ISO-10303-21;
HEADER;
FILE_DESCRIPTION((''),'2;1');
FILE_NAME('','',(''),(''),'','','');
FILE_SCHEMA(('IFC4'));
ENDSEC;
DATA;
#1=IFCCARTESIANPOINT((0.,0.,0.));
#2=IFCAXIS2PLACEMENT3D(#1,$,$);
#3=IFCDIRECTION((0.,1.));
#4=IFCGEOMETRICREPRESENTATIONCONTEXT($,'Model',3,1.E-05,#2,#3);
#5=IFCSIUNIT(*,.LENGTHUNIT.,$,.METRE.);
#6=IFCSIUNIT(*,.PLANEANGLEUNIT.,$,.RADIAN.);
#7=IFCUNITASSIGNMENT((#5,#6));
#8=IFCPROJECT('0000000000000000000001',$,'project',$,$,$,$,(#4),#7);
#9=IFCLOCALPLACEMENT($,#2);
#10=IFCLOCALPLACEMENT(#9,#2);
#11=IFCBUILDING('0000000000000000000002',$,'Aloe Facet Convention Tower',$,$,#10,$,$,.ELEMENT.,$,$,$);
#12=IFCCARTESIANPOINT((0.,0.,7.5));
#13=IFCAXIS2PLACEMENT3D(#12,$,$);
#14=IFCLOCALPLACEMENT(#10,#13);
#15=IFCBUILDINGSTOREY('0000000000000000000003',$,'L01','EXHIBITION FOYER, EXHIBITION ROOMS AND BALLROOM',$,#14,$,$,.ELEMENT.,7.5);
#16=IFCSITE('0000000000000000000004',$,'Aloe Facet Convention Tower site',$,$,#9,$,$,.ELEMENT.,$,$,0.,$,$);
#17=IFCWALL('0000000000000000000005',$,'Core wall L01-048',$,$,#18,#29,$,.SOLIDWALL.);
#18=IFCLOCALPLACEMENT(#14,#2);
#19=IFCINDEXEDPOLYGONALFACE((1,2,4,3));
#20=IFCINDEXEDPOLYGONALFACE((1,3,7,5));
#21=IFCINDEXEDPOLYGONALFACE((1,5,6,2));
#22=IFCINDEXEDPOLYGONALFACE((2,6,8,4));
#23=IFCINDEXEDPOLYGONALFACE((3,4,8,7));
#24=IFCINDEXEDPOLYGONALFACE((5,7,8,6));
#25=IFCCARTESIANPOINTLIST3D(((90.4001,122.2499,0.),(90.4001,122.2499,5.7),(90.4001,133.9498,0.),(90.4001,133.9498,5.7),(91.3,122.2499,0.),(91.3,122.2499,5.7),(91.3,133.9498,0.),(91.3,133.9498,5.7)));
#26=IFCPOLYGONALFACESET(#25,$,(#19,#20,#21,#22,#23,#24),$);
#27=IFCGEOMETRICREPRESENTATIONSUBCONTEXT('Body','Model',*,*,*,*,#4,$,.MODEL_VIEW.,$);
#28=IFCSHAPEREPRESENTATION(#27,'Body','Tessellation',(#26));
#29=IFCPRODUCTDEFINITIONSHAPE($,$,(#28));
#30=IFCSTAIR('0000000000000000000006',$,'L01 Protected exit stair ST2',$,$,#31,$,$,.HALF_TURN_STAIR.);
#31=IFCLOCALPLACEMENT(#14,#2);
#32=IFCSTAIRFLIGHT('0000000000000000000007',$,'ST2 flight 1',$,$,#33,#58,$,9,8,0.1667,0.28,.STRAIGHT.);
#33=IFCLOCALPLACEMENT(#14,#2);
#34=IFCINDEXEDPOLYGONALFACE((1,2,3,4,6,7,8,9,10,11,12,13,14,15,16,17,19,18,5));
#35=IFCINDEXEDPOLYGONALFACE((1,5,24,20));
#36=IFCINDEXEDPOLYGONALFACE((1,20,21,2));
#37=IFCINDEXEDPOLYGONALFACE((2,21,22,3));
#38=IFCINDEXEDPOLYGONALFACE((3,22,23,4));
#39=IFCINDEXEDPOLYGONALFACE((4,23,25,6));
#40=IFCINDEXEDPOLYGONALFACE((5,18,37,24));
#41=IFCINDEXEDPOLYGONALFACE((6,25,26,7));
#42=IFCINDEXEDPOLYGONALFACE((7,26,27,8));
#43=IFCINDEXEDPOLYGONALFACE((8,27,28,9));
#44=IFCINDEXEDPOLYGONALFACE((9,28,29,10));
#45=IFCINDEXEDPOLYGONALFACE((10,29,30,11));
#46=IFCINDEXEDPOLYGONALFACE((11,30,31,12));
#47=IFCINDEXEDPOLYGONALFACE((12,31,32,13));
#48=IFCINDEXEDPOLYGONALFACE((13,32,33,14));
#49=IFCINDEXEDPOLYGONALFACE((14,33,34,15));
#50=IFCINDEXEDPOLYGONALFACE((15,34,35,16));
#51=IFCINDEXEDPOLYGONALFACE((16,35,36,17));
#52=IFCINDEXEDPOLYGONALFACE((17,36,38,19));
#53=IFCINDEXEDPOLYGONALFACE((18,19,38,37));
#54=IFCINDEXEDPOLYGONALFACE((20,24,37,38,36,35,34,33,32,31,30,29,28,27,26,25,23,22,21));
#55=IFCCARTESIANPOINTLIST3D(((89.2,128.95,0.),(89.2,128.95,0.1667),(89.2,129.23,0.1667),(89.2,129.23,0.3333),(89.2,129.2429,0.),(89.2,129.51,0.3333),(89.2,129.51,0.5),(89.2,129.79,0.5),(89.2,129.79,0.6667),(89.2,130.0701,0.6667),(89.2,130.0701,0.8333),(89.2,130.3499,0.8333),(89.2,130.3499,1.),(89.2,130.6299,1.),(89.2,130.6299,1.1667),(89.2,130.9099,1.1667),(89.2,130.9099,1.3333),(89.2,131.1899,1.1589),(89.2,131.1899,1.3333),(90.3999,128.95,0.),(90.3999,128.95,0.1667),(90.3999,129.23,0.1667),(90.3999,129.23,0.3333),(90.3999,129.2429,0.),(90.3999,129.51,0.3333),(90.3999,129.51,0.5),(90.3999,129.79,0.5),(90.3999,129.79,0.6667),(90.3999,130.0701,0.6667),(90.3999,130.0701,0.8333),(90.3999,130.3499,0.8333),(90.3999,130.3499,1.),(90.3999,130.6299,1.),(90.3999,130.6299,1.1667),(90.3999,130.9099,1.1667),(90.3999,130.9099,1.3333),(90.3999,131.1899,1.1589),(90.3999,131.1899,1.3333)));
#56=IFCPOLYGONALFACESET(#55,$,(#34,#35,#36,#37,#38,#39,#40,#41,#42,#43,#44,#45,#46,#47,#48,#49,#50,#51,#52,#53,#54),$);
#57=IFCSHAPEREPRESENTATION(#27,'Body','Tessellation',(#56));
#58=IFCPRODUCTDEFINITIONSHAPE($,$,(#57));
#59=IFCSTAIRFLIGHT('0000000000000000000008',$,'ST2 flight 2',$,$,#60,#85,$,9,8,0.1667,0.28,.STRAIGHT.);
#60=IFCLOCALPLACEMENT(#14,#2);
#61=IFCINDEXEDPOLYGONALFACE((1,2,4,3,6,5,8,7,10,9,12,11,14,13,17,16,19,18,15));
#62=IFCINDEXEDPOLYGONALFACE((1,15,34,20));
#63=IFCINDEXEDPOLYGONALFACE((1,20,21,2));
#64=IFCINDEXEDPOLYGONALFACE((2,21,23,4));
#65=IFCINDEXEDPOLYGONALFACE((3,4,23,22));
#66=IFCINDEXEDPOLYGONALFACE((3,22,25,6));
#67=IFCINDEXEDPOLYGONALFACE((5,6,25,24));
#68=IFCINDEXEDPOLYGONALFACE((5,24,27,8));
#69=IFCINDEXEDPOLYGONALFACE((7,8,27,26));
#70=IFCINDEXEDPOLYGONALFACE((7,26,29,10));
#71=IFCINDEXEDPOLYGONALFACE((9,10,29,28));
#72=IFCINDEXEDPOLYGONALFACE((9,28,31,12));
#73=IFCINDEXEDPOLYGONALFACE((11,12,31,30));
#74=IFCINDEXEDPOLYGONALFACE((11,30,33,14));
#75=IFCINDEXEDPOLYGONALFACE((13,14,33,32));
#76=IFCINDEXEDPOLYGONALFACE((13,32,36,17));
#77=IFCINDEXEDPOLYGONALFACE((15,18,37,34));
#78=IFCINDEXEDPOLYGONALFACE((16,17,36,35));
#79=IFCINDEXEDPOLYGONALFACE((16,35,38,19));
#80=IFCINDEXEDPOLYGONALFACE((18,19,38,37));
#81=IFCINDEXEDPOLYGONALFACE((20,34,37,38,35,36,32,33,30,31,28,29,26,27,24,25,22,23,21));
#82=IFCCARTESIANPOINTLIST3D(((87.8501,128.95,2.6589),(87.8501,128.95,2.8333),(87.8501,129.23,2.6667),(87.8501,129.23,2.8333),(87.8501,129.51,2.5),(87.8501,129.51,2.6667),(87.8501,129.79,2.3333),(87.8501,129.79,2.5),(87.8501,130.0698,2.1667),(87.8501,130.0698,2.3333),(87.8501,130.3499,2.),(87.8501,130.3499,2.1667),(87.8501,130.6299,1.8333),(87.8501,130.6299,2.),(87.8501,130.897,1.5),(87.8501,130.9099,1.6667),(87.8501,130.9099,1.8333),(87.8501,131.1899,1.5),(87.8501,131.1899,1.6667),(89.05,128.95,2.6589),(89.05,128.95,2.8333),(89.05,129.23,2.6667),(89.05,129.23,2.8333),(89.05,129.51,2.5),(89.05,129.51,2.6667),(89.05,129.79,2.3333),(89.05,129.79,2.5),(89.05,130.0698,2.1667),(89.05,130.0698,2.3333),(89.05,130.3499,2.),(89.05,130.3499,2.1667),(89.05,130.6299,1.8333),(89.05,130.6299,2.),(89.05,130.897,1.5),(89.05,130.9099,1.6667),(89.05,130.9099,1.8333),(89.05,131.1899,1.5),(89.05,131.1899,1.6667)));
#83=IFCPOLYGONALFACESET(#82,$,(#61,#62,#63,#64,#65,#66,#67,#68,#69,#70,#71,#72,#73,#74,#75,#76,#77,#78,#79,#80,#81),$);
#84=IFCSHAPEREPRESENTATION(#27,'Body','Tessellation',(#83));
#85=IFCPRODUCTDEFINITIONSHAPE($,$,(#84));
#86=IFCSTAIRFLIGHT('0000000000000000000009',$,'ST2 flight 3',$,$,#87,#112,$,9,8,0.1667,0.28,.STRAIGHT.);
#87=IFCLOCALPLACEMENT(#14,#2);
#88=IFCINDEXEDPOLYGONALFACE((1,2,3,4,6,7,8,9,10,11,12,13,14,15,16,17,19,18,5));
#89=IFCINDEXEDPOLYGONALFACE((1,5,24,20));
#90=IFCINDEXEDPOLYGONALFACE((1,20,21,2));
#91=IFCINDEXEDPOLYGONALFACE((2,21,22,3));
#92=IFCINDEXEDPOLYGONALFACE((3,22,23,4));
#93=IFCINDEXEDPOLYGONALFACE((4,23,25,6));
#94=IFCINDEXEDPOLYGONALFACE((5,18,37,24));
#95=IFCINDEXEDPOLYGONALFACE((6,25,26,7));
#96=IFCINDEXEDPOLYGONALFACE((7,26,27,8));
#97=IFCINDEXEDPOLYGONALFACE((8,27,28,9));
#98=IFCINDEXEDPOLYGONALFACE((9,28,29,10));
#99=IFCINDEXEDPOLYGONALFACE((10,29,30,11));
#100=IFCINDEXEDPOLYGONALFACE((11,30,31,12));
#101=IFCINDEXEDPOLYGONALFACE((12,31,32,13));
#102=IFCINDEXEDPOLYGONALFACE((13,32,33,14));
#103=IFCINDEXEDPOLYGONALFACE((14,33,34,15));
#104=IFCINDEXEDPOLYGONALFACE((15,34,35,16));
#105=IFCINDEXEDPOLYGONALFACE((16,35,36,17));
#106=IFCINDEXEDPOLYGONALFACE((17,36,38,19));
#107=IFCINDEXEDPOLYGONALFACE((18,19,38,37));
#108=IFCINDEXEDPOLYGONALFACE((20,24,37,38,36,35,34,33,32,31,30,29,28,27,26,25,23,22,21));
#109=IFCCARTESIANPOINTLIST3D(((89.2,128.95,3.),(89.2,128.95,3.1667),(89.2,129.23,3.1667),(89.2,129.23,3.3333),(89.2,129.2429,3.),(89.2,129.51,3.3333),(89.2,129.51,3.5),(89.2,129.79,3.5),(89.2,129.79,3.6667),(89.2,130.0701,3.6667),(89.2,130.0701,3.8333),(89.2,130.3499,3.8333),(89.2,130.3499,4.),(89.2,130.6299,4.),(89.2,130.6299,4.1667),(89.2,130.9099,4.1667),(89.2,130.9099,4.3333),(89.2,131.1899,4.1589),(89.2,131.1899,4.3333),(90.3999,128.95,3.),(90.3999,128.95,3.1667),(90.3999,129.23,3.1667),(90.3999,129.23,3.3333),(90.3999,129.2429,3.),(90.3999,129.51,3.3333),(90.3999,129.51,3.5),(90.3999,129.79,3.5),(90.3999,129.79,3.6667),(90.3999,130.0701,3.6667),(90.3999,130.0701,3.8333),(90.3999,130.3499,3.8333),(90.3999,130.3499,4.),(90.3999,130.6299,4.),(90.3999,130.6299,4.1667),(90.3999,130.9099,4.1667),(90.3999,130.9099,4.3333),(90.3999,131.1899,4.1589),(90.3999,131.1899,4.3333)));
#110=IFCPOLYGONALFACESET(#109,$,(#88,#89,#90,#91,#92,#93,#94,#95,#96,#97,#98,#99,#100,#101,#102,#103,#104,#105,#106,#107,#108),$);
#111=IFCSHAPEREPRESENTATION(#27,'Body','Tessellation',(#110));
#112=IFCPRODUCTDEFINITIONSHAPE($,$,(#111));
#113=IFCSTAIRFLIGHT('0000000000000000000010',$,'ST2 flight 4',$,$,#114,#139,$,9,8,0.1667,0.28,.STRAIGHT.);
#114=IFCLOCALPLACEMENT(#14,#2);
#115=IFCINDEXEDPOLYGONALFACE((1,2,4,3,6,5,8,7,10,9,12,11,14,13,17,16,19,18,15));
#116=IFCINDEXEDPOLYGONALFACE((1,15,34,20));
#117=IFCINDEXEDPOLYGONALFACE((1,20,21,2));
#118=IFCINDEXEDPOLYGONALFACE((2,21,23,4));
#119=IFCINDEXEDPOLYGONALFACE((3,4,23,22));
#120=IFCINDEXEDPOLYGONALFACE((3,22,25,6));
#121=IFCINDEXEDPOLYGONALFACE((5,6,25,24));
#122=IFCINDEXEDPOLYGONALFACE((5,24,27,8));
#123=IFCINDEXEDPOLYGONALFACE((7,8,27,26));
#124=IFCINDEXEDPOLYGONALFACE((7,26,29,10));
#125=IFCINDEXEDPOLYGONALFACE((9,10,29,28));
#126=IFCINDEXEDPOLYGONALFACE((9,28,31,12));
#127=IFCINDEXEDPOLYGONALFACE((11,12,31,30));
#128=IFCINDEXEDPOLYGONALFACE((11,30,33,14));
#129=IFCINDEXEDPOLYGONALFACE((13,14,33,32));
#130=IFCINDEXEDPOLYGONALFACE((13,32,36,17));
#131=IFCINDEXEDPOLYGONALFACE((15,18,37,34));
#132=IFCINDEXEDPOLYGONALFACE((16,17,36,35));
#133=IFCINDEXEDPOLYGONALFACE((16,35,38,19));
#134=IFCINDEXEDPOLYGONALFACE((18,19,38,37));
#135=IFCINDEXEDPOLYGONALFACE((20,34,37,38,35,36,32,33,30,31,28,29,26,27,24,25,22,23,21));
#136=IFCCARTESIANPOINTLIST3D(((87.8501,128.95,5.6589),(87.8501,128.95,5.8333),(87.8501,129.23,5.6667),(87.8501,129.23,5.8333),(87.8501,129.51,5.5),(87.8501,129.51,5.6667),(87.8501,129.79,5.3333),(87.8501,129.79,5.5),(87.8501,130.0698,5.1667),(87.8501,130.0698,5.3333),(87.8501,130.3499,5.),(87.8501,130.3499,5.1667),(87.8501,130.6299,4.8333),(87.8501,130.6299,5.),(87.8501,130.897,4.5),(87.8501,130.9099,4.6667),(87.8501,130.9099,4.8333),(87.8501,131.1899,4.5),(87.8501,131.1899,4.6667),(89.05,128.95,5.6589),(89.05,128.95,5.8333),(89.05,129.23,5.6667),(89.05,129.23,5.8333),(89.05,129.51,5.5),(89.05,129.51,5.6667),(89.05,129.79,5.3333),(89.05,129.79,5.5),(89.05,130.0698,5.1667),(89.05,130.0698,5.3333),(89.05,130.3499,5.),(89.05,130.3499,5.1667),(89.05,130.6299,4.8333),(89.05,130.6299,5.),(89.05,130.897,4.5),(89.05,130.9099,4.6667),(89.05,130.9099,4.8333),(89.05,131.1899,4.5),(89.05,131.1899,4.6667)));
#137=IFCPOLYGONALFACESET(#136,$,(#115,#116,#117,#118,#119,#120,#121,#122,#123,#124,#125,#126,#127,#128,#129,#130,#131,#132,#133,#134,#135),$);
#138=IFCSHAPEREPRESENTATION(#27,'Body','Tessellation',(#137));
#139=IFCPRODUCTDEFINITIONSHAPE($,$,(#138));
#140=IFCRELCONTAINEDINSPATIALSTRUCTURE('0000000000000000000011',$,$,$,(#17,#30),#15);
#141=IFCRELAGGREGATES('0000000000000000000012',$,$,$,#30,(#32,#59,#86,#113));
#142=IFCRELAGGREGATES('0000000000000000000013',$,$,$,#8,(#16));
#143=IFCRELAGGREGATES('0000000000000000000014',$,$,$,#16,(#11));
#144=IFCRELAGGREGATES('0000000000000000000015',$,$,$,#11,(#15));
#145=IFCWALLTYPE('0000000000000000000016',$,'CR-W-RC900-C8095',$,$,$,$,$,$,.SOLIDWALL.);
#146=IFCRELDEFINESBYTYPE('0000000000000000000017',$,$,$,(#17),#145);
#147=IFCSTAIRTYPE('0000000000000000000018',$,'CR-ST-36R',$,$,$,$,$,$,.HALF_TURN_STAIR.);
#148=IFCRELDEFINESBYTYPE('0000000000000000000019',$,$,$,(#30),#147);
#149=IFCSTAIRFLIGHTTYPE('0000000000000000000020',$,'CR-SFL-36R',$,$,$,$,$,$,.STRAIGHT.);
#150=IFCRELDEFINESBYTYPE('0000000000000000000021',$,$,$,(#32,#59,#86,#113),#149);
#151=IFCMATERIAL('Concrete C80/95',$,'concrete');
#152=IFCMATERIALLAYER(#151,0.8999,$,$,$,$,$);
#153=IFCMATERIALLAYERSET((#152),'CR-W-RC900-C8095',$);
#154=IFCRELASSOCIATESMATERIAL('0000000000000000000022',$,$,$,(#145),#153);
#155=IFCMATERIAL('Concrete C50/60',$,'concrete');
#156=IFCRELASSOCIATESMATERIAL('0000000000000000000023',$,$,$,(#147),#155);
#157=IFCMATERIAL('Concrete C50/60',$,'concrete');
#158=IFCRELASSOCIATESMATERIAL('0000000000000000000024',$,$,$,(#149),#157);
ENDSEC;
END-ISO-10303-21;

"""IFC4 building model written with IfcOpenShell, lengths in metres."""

from ifc_helpers import new_model, si_unit, direction, frame, frame_2d, origin, place, context, subcontext, project, spatial, polyline, rectangle, outline, extrude, material, layer, layer_set, type_object, element, aggregate, save


model = new_model("IFC4")

# Units and contexts
model_context = context("Model", 3, precision=1e-05, world=origin(), true_north=direction((0.0, 1.0)))
body_context = subcontext(model_context, "Body", "Model", "MODEL_VIEW")
ifc_project = project(units=[si_unit("LENGTHUNIT", "METRE"), si_unit("PLANEANGLEUNIT", "RADIAN")], contexts=[model_context])

# Site, building, storey
site_placement = place(None, origin())
site = spatial("IfcSite", under=ifc_project, at=site_placement, Name="Aloe Facet Convention Tower site", CompositionType="ELEMENT", RefElevation=0.0)
building_placement = place(site_placement, origin())
building = spatial("IfcBuilding", under=site, at=building_placement, Name="Aloe Facet Convention Tower", CompositionType="ELEMENT")
storey_placement = place(building_placement, frame((0.0, 0.0, 7.5)))
storey = spatial("IfcBuildingStorey", under=building, at=storey_placement, Name="L01", Description="EXHIBITION FOYER, EXHIBITION ROOMS AND BALLROOM", CompositionType="ELEMENT", Elevation=7.5)

# Wall
ifc_material_1 = material(Name="Concrete C80/95", Category="concrete")
ifc_layer = layer(ifc_material_1, 0.8999)
ifc_layer_set = layer_set([ifc_layer], Name="CR-W-RC900-C8095")
wall_type = type_object("IfcWallType", Name="CR-W-RC900-C8095", PredefinedType="SOLIDWALL", material=ifc_layer_set)
wall_placement = place(storey_placement, frame((90.8501, 133.95, 0.0), z_axis=(0.0, 0.0, 1.0), x_axis=(0.0, -1.0, 0.0)))
element("IfcWall", 1, at=wall_placement, inside=storey, type_object=wall_type, Name="Core wall L01-048", PredefinedType="SOLIDWALL", context=body_context, shape_type="SweptSolid", body=[
    extrude(rectangle(XDim=11.7, YDim=0.8999, at=frame_2d((5.8501, 0.0))), origin(), (0.0, 0.0, 1.0), 5.7),
])

# Stair, stair flights
ifc_material_2 = material(Name="Concrete C50/60", Category="concrete")
stair_type = type_object("IfcStairType", Name="CR-ST-36R", PredefinedType="HALF_TURN_STAIR", material=ifc_material_2)
stair_placement = place(storey_placement, origin())
stair = element("IfcStair", 2, at=stair_placement, inside=storey, type_object=stair_type, Name="L01 Protected exit stair ST2", PredefinedType="HALF_TURN_STAIR")
ifc_material_3 = material(Name="Concrete C50/60", Category="concrete")
stair_flight_type = type_object("IfcStairFlightType", Name="CR-SFL-36R", PredefinedType="STRAIGHT", material=ifc_material_3)
stair_flight_1_placement = place(storey_placement, frame((89.8, 128.95, 0.0), z_axis=(0.0, 0.0, 1.0), x_axis=(0.0, 1.0, 0.0)))
stair_flight_1 = element("IfcStairFlight", 3, at=stair_flight_1_placement, type_object=stair_flight_type, Name="ST2 flight 1", NumberOfRisers=9, NumberOfTreads=8, PredefinedType="STRAIGHT", RiserHeight=0.1667, TreadLength=0.28, context=body_context, shape_type="SweptSolid", body=[
    extrude(outline(polyline([(0.0, 0.0), (0.0, 0.1667), (0.28, 0.1667), (0.28, 0.3333), (0.5601, 0.3333), (0.5601, 0.5), (0.8401, 0.5), (0.8401, 0.6667), (1.1201, 0.6667), (1.1201, 0.8333), (1.3999, 0.8333), (1.3999, 1.0), (1.6799, 1.0), (1.6799, 1.1667), (1.96, 1.1667), (1.96, 1.3333), (2.24, 1.3333), (2.24, 1.5), (2.24, 1.1589), (0.293, 0.0), (0.0, 0.0)])), frame((0.0, 0.6001, 0.0), z_axis=(0.0, -1.0, 0.0), x_axis=(1.0, 0.0, 0.0)), (0.0, 0.0, 1.0), 1.2),
])
stair_flight_2_placement = place(storey_placement, frame((88.45, 131.1899, 1.5), z_axis=(0.0, 0.0, 1.0), x_axis=(0.0, -1.0, 0.0)))
stair_flight_2 = element("IfcStairFlight", 4, at=stair_flight_2_placement, type_object=stair_flight_type, Name="ST2 flight 2", NumberOfRisers=9, NumberOfTreads=8, PredefinedType="STRAIGHT", RiserHeight=0.1667, TreadLength=0.28, context=body_context, shape_type="SweptSolid", body=[
    extrude(outline(polyline([(0.0, 0.0), (0.0, 0.1667), (0.28, 0.1667), (0.28, 0.3333), (0.5601, 0.3333), (0.5601, 0.5), (0.8401, 0.5), (0.8401, 0.6667), (1.1201, 0.6667), (1.1201, 0.8333), (1.3999, 0.8333), (1.3999, 1.0), (1.6799, 1.0), (1.6799, 1.1667), (1.96, 1.1667), (1.96, 1.3333), (2.24, 1.3333), (2.24, 1.5), (2.24, 1.1589), (0.293, 0.0), (0.0, 0.0)])), frame((0.0, 0.6001, 0.0), z_axis=(0.0, -1.0, 0.0), x_axis=(1.0, 0.0, 0.0)), (0.0, 0.0, 1.0), 1.2),
])
stair_flight_3_placement = place(storey_placement, frame((89.8, 128.95, 3.0), z_axis=(0.0, 0.0, 1.0), x_axis=(0.0, 1.0, 0.0)))
stair_flight_3 = element("IfcStairFlight", 5, at=stair_flight_3_placement, type_object=stair_flight_type, Name="ST2 flight 3", NumberOfRisers=9, NumberOfTreads=8, PredefinedType="STRAIGHT", RiserHeight=0.1667, TreadLength=0.28, context=body_context, shape_type="SweptSolid", body=[
    extrude(outline(polyline([(0.0, 0.0), (0.0, 0.1667), (0.28, 0.1667), (0.28, 0.3333), (0.5601, 0.3333), (0.5601, 0.5), (0.8401, 0.5), (0.8401, 0.6667), (1.1201, 0.6667), (1.1201, 0.8333), (1.3999, 0.8333), (1.3999, 1.0), (1.6799, 1.0), (1.6799, 1.1667), (1.96, 1.1667), (1.96, 1.3333), (2.24, 1.3333), (2.24, 1.5), (2.24, 1.1589), (0.293, 0.0), (0.0, 0.0)])), frame((0.0, 0.6001, 0.0), z_axis=(0.0, -1.0, 0.0), x_axis=(1.0, 0.0, 0.0)), (0.0, 0.0, 1.0), 1.2),
])
stair_flight_4_placement = place(storey_placement, frame((88.45, 131.1899, 4.5), z_axis=(0.0, 0.0, 1.0), x_axis=(0.0, -1.0, 0.0)))
stair_flight_4 = element("IfcStairFlight", 6, at=stair_flight_4_placement, type_object=stair_flight_type, Name="ST2 flight 4", NumberOfRisers=9, NumberOfTreads=8, PredefinedType="STRAIGHT", RiserHeight=0.1667, TreadLength=0.28, context=body_context, shape_type="SweptSolid", body=[
    extrude(outline(polyline([(0.0, 0.0), (0.0, 0.1667), (0.28, 0.1667), (0.28, 0.3333), (0.5601, 0.3333), (0.5601, 0.5), (0.8401, 0.5), (0.8401, 0.6667), (1.1201, 0.6667), (1.1201, 0.8333), (1.3999, 0.8333), (1.3999, 1.0), (1.6799, 1.0), (1.6799, 1.1667), (1.96, 1.1667), (1.96, 1.3333), (2.24, 1.3333), (2.24, 1.5), (2.24, 1.1589), (0.293, 0.0), (0.0, 0.0)])), frame((0.0, 0.6001, 0.0), z_axis=(0.0, -1.0, 0.0), x_axis=(1.0, 0.0, 0.0)), (0.0, 0.0, 1.0), 1.2),
])
aggregate(stair, [stair_flight_1, stair_flight_2, stair_flight_3, stair_flight_4])

save(model, "model.ifc")
